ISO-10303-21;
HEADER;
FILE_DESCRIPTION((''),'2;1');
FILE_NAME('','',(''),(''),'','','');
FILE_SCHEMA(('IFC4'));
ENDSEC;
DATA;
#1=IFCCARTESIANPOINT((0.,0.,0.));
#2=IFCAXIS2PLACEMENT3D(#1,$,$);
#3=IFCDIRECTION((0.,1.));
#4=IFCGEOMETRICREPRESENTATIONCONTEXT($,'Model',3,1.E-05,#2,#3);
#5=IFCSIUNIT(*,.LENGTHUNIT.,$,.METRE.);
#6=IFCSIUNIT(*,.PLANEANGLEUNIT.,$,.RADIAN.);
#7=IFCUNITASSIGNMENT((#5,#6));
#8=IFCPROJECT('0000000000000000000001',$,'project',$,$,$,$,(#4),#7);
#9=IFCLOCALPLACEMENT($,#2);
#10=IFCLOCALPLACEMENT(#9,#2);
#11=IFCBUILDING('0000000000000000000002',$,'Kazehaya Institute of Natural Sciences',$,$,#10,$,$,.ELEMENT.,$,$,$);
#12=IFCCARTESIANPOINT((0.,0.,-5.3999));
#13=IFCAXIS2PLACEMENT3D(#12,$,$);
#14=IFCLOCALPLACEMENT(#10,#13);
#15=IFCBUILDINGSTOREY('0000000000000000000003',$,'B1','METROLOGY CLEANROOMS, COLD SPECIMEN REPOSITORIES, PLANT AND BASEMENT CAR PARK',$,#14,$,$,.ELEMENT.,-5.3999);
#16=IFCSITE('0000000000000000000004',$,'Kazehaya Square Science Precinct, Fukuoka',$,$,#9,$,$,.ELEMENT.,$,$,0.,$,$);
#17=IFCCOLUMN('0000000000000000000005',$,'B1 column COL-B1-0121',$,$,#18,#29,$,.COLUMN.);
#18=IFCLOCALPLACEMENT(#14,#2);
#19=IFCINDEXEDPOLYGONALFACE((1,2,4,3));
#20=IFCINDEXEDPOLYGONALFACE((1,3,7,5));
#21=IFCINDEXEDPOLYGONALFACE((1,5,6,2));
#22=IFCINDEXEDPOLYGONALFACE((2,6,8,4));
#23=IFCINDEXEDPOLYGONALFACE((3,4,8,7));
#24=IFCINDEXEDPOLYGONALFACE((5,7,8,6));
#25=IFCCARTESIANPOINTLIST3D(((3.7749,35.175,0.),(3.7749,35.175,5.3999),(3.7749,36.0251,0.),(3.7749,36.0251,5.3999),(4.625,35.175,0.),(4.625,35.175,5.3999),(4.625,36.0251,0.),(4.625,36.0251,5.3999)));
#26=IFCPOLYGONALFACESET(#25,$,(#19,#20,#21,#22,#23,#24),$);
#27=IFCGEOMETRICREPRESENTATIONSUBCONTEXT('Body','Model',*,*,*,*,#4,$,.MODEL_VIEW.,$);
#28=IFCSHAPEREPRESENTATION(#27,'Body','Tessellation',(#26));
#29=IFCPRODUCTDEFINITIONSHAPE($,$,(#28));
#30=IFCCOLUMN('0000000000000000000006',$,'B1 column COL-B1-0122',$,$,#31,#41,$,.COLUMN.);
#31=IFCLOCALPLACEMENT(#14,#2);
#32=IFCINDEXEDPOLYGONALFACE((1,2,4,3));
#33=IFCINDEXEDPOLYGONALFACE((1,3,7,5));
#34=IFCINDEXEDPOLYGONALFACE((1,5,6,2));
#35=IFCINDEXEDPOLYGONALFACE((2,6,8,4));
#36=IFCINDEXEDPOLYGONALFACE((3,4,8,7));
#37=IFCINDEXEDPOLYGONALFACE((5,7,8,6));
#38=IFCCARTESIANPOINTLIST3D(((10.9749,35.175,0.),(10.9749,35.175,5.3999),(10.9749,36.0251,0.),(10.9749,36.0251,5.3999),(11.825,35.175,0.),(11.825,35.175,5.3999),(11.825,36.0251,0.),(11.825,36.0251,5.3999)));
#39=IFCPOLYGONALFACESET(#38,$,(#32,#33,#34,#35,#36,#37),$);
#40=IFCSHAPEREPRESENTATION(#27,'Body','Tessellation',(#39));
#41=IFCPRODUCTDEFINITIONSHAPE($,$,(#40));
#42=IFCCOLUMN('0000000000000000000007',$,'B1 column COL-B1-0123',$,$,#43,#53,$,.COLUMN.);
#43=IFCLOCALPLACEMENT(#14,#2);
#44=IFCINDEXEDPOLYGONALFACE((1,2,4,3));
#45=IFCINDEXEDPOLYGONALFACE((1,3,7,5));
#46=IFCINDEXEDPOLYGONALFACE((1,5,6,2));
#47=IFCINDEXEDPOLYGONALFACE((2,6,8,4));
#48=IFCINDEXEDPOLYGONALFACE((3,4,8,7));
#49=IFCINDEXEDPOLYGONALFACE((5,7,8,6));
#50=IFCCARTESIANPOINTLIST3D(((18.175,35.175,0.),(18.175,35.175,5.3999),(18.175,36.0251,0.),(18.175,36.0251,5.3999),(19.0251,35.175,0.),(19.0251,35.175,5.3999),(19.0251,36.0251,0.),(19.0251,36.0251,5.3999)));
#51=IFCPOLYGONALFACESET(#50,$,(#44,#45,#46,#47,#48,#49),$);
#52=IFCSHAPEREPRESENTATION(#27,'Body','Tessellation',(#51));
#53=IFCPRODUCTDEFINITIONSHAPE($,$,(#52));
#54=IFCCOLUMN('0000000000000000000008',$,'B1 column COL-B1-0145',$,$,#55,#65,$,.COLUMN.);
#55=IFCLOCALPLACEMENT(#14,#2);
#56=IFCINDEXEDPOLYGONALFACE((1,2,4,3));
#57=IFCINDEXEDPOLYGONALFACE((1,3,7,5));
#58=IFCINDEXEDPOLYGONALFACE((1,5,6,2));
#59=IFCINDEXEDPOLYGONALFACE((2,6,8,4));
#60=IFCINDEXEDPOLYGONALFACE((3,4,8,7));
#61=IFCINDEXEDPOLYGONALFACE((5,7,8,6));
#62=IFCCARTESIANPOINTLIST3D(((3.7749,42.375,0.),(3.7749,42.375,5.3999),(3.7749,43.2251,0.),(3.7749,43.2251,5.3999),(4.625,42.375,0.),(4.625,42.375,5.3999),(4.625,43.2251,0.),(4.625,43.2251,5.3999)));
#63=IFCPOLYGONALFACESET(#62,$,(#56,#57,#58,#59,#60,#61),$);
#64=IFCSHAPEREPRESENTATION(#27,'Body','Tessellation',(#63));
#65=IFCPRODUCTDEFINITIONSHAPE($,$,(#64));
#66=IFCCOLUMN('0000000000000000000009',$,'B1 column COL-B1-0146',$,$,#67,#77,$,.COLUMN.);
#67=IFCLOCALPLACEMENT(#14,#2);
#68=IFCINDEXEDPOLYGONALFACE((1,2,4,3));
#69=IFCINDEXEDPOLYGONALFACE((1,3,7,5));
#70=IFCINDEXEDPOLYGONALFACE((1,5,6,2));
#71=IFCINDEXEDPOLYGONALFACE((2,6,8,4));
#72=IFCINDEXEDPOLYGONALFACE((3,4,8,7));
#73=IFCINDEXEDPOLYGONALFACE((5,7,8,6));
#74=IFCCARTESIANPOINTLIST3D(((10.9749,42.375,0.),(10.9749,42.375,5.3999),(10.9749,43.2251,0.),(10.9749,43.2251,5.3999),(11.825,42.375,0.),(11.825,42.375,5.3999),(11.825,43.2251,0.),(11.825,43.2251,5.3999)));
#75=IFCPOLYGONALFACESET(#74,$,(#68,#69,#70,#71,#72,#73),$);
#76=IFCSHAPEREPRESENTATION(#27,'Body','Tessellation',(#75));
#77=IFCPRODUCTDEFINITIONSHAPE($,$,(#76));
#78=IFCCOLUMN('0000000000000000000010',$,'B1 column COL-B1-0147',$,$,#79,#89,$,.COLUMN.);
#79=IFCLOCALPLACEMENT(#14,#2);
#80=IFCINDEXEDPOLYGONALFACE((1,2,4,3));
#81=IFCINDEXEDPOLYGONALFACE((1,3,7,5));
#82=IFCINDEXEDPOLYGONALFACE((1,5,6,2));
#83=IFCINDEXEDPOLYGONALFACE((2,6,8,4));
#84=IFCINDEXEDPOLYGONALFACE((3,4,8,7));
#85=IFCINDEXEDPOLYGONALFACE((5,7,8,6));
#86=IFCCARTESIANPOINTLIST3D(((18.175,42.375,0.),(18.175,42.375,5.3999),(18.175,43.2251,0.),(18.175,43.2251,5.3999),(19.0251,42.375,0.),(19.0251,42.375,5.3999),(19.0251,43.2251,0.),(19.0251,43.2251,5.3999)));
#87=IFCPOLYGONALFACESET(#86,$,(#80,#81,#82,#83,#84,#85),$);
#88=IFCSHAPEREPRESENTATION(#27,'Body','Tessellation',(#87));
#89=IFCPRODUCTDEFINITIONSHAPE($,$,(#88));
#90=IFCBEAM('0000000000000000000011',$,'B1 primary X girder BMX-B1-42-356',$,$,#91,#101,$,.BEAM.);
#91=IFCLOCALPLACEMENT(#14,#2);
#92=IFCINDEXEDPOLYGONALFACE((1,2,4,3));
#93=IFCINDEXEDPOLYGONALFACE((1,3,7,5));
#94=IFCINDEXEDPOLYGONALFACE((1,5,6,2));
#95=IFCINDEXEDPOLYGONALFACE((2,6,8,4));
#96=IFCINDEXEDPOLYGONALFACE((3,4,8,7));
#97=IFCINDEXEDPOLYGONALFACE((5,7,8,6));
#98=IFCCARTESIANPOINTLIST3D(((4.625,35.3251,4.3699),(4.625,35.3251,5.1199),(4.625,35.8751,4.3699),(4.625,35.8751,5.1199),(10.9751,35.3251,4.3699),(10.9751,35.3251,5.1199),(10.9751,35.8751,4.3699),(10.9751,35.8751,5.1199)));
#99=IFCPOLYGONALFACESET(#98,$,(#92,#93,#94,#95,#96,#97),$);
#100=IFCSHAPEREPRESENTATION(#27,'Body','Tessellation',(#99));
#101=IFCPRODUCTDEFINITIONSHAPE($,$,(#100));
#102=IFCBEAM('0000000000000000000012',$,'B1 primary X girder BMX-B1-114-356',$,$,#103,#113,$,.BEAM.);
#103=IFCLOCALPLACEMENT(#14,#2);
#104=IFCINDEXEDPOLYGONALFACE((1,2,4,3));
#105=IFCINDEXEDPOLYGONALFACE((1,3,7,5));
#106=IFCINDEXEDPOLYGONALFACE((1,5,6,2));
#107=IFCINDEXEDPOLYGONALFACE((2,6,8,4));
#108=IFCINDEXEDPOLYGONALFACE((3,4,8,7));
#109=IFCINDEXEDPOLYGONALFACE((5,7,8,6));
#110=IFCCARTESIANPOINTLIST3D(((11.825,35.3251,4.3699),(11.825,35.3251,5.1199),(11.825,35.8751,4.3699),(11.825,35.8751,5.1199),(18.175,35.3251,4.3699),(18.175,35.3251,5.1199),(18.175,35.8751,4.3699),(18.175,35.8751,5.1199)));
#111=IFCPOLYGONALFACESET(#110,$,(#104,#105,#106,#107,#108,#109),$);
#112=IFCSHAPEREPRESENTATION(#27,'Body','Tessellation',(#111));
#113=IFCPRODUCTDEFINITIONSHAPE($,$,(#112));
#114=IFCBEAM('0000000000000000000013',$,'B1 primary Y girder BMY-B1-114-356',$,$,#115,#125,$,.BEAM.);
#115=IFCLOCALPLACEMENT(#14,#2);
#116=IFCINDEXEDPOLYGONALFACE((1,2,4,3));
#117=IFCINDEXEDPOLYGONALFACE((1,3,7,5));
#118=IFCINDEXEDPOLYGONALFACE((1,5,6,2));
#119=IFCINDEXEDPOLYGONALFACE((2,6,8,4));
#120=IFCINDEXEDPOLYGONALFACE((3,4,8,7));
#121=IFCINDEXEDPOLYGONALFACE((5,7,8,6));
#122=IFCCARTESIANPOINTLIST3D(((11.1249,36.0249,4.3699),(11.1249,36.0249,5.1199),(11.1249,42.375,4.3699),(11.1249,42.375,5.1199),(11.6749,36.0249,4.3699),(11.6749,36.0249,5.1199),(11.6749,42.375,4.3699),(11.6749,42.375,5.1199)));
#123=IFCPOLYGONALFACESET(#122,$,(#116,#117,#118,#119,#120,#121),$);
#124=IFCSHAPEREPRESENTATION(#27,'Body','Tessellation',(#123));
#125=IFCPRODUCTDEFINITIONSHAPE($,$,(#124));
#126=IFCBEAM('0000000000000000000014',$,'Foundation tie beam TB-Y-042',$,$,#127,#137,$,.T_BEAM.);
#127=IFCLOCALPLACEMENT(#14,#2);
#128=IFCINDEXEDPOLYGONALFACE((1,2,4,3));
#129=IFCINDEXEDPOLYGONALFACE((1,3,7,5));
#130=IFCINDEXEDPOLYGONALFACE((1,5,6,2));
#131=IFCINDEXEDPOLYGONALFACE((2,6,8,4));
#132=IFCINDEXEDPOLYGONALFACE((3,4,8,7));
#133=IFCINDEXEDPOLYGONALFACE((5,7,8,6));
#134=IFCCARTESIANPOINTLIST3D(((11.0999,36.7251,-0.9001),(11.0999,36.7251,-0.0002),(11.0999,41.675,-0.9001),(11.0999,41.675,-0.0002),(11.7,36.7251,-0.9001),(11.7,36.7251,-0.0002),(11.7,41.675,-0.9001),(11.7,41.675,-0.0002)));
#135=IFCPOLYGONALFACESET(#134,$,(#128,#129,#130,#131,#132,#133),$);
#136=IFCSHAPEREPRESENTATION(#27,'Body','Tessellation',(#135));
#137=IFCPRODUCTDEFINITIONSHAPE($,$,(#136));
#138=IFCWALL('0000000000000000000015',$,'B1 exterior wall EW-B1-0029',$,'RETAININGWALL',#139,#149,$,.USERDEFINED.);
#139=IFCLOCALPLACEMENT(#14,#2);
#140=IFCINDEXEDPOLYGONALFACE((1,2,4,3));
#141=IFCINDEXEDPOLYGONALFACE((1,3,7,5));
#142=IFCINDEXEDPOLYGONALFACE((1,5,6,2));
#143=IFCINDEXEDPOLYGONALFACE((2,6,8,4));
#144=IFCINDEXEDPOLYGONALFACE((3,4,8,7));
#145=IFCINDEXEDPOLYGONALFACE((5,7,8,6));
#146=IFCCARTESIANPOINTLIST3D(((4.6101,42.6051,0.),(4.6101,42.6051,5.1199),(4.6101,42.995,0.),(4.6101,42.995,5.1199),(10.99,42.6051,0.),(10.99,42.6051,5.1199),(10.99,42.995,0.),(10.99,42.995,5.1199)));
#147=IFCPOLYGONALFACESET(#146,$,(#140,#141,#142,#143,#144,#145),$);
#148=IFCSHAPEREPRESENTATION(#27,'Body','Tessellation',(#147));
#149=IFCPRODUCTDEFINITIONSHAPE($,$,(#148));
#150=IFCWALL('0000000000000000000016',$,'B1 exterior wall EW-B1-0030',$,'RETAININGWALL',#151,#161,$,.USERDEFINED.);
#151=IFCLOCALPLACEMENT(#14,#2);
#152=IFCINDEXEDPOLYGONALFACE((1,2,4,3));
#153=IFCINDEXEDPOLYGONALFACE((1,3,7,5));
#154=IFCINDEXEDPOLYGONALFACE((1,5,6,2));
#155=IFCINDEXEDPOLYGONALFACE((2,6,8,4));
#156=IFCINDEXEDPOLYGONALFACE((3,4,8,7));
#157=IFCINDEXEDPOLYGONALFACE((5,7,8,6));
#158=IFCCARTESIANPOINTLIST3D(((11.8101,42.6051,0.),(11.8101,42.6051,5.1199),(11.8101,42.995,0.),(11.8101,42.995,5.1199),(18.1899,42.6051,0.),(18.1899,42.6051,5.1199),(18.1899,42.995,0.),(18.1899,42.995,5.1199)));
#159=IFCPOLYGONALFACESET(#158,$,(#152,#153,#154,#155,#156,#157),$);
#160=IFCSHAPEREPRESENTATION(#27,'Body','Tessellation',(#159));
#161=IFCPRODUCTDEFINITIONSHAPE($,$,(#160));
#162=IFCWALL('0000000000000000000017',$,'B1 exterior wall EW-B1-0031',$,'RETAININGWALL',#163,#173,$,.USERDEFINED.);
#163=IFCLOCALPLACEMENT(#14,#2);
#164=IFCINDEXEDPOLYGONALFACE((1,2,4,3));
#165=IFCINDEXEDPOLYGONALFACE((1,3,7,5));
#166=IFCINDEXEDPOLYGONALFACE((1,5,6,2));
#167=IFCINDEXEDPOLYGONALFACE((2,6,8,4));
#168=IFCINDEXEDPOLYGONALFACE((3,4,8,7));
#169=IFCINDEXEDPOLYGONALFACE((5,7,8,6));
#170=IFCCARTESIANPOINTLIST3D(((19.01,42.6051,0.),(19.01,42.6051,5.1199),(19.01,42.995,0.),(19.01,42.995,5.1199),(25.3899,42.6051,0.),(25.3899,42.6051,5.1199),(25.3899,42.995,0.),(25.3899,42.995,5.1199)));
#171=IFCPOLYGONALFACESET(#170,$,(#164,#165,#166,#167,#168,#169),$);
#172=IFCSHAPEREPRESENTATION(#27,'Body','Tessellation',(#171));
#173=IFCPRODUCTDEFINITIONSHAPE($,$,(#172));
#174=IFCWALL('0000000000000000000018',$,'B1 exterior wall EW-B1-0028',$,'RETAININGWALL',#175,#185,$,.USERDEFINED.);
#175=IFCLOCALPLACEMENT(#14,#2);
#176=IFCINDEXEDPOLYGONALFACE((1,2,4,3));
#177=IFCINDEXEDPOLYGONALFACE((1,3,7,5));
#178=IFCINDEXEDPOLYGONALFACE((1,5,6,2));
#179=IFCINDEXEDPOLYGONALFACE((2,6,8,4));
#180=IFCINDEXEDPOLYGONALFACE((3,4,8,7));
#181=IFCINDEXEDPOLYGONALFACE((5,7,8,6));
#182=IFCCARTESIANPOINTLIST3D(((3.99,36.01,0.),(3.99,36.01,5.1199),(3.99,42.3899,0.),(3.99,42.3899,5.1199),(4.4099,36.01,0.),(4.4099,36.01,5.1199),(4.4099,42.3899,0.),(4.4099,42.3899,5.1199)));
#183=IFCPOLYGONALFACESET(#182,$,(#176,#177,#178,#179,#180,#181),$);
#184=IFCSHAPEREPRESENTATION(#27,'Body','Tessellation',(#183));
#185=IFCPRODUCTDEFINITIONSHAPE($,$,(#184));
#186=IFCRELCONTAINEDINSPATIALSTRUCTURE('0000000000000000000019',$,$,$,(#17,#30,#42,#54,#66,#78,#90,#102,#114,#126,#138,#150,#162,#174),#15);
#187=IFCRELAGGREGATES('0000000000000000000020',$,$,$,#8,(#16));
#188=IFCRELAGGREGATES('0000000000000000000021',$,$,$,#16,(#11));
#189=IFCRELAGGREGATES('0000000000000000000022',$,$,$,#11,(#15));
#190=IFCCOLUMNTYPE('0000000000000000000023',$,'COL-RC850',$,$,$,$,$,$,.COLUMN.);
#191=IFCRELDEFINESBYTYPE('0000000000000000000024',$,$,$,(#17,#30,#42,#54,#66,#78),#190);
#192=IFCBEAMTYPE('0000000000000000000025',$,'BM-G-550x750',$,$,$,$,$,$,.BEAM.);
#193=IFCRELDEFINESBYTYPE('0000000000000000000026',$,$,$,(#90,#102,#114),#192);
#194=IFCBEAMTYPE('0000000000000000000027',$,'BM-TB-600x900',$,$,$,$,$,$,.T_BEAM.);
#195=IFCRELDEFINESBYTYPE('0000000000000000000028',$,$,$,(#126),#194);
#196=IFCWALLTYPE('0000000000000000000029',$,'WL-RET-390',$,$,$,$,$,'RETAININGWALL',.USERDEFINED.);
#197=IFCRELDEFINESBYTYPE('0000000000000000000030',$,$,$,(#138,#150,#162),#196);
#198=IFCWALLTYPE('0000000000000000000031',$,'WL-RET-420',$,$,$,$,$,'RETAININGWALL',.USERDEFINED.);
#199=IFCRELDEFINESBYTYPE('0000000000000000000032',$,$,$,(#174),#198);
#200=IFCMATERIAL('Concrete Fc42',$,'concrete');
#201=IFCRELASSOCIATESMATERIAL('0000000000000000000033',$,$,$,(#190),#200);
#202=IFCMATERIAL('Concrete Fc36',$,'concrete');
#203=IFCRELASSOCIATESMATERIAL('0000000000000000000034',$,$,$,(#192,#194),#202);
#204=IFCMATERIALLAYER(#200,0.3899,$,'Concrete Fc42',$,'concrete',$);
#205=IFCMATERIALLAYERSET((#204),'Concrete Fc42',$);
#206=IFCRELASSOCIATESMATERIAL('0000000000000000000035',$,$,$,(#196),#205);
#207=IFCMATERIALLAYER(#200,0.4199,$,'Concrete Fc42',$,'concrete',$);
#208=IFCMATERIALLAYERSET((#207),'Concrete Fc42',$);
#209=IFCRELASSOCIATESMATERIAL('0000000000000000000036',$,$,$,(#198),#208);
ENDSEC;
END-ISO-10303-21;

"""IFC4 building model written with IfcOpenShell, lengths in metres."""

from ifc_helpers import new_model, si_unit, direction, frame, frame_2d, origin, origin_2d, place, context, subcontext, project, spatial, rectangle, extrude, material, layer, layer_set, material_profile, profile_set, type_object, element, save


model = new_model("IFC4")

# Units and contexts
model_context = context("Model", 3, precision=1e-05, world=origin(), true_north=direction((0.0, 1.0)))
body_context = subcontext(model_context, "Body", "Model", "MODEL_VIEW")
ifc_project = project(units=[si_unit("LENGTHUNIT", "METRE"), si_unit("PLANEANGLEUNIT", "RADIAN")], contexts=[model_context])

# Site, building, storey
site_placement = place(None, origin())
site = spatial("IfcSite", under=ifc_project, at=site_placement, Name="Kazehaya Square Science Precinct, Fukuoka", CompositionType="ELEMENT", RefElevation=0.0)
building_placement = place(site_placement, origin())
building = spatial("IfcBuilding", under=site, at=building_placement, Name="Kazehaya Institute of Natural Sciences", CompositionType="ELEMENT")
storey_placement = place(building_placement, frame((0.0, 0.0, -5.3999)))
storey = spatial("IfcBuildingStorey", under=building, at=storey_placement, Name="B1", Description="METROLOGY CLEANROOMS, COLD SPECIMEN REPOSITORIES, PLANT AND BASEMENT CAR PARK", CompositionType="ELEMENT", Elevation=-5.3999)

# Shared definitions
ifc_material_1 = material(Name="Concrete Fc36", Category="concrete")

# Columns
ifc_material_2 = material(Name="Concrete Fc42", Category="concrete")
ifc_material_profile_1 = material_profile(ifc_material_2, rectangle(XDim=0.8501, YDim=0.8501, at=origin_2d()), Name="RC-850x850")
ifc_profile_set_1 = profile_set([ifc_material_profile_1], Name="Concrete Fc42")
column_type = type_object("IfcColumnType", Name="COL-RC850", PredefinedType="COLUMN", material=ifc_profile_set_1)
for number, where, z_axis, x_axis, name in (
    (1, (4.2, 35.6001, 0.0), (0.0, 0.0, 1.0), (1.0, 0.0, 0.0), "B1 column COL-B1-0121"),
    (2, (11.3999, 35.6001, 0.0), (0.0, 0.0, 1.0), (1.0, 0.0, 0.0), "B1 column COL-B1-0122"),
    (3, (18.6001, 35.6001, 0.0), (0.0, 0.0, 1.0), (1.0, 0.0, 0.0), "B1 column COL-B1-0123"),
    (4, (4.2, 42.8, 0.0), (0.0, 0.0, 1.0), (1.0, 0.0, 0.0), "B1 column COL-B1-0145"),
    (5, (11.3999, 42.8, 0.0), (0.0, 0.0, 1.0), (1.0, 0.0, 0.0), "B1 column COL-B1-0146"),
    (6, (18.6001, 42.8, 0.0), (0.0, 0.0, 1.0), (1.0, 0.0, 0.0), "B1 column COL-B1-0147"),
):
    element("IfcColumn", number, at=place(storey_placement, frame(where, z_axis=z_axis, x_axis=x_axis)), inside=storey, type_object=column_type, Name=name, PredefinedType="COLUMN", context=body_context, shape_type="SweptSolid", body=[
        extrude(rectangle(XDim=0.8501, YDim=0.8501, at=origin_2d()), origin(), (0.0, 0.0, 1.0), 5.3999),
    ])

# Beams
ifc_material_profile_2 = material_profile(ifc_material_1, rectangle(XDim=0.55, YDim=0.75, at=origin_2d()), Name="RC-550x750")
ifc_profile_set_2 = profile_set([ifc_material_profile_2], Name="Concrete Fc36")
beam_type_1 = type_object("IfcBeamType", Name="BM-G-550x750", PredefinedType="BEAM", material=ifc_profile_set_2)
for number, where, z_axis, x_axis, name in (
    (7, (4.625, 35.6001, 4.7449), (1.0, 0.0, 0.0), (0.0, 1.0, 0.0), "B1 primary X girder BMX-B1-42-356"),
    (8, (11.825, 35.6001, 4.7449), (1.0, 0.0, 0.0), (0.0, 1.0, 0.0), "B1 primary X girder BMX-B1-114-356"),
    (9, (11.3999, 36.0249, 4.7449), (0.0, 1.0, 0.0), (-1.0, 0.0, 0.0), "B1 primary Y girder BMY-B1-114-356"),
):
    element("IfcBeam", number, at=place(storey_placement, frame(where, z_axis=z_axis, x_axis=x_axis)), inside=storey, type_object=beam_type_1, Name=name, PredefinedType="BEAM", context=body_context, shape_type="SweptSolid", body=[
        extrude(rectangle(XDim=0.55, YDim=0.75, at=origin_2d()), origin(), (0.0, 0.0, 1.0), 6.3501),
    ])
ifc_material_profile_3 = material_profile(ifc_material_1, rectangle(XDim=0.6001, YDim=0.8999, at=origin_2d()), Name="RC-600x900")
ifc_profile_set_3 = profile_set([ifc_material_profile_3], Name="Concrete Fc36")
beam_type_2 = type_object("IfcBeamType", Name="BM-TB-600x900", PredefinedType="T_BEAM", material=ifc_profile_set_3)
beam_placement = place(storey_placement, frame((11.3999, 36.7251, -0.4502), z_axis=(0.0, 1.0, 0.0), x_axis=(-1.0, 0.0, 0.0)))
element("IfcBeam", 10, at=beam_placement, inside=storey, type_object=beam_type_2, Name="Foundation tie beam TB-Y-042", PredefinedType="T_BEAM", context=body_context, shape_type="SweptSolid", body=[
    extrude(rectangle(XDim=0.6001, YDim=0.8999, at=origin_2d()), origin(), (0.0, 0.0, 1.0), 4.95),
])

# Walls
ifc_layer_1 = layer(ifc_material_2, 0.3899, Name="Concrete Fc42", Category="concrete")
ifc_layer_set_1 = layer_set([ifc_layer_1], Name="Concrete Fc42")
wall_type_1 = type_object("IfcWallType", Name="WL-RET-390", ElementType="RETAININGWALL", PredefinedType="USERDEFINED", material=ifc_layer_set_1)
for number, where, z_axis, x_axis, name in (
    (11, (4.6101, 42.8, 0.0), (0.0, 0.0, 1.0), (1.0, 0.0, 0.0), "B1 exterior wall EW-B1-0029"),
    (12, (11.8101, 42.8, 0.0), (0.0, 0.0, 1.0), (1.0, 0.0, 0.0), "B1 exterior wall EW-B1-0030"),
    (13, (19.01, 42.8, 0.0), (0.0, 0.0, 1.0), (1.0, 0.0, 0.0), "B1 exterior wall EW-B1-0031"),
):
    element("IfcWall", number, at=place(storey_placement, frame(where, z_axis=z_axis, x_axis=x_axis)), inside=storey, type_object=wall_type_1, Name=name, ObjectType="RETAININGWALL", PredefinedType="USERDEFINED", context=body_context, shape_type="SweptSolid", body=[
        extrude(rectangle(XDim=6.3799, YDim=0.3899, at=frame_2d((3.1899, 0.0))), origin(), (0.0, 0.0, 1.0), 5.1199),
    ])
ifc_layer_2 = layer(ifc_material_2, 0.4199, Name="Concrete Fc42", Category="concrete")
ifc_layer_set_2 = layer_set([ifc_layer_2], Name="Concrete Fc42")
wall_type_2 = type_object("IfcWallType", Name="WL-RET-420", ElementType="RETAININGWALL", PredefinedType="USERDEFINED", material=ifc_layer_set_2)
wall_placement = place(storey_placement, frame((4.2, 36.01, 0.0), z_axis=(0.0, 0.0, 1.0), x_axis=(0.0, 1.0, 0.0)))
element("IfcWall", 14, at=wall_placement, inside=storey, type_object=wall_type_2, Name="B1 exterior wall EW-B1-0028", ObjectType="RETAININGWALL", PredefinedType="USERDEFINED", context=body_context, shape_type="SweptSolid", body=[
    extrude(rectangle(XDim=6.3799, YDim=0.4199, at=frame_2d((3.1899, 0.0))), origin(), (0.0, 0.0, 1.0), 5.1199),
])

save(model, "model.ifc")
